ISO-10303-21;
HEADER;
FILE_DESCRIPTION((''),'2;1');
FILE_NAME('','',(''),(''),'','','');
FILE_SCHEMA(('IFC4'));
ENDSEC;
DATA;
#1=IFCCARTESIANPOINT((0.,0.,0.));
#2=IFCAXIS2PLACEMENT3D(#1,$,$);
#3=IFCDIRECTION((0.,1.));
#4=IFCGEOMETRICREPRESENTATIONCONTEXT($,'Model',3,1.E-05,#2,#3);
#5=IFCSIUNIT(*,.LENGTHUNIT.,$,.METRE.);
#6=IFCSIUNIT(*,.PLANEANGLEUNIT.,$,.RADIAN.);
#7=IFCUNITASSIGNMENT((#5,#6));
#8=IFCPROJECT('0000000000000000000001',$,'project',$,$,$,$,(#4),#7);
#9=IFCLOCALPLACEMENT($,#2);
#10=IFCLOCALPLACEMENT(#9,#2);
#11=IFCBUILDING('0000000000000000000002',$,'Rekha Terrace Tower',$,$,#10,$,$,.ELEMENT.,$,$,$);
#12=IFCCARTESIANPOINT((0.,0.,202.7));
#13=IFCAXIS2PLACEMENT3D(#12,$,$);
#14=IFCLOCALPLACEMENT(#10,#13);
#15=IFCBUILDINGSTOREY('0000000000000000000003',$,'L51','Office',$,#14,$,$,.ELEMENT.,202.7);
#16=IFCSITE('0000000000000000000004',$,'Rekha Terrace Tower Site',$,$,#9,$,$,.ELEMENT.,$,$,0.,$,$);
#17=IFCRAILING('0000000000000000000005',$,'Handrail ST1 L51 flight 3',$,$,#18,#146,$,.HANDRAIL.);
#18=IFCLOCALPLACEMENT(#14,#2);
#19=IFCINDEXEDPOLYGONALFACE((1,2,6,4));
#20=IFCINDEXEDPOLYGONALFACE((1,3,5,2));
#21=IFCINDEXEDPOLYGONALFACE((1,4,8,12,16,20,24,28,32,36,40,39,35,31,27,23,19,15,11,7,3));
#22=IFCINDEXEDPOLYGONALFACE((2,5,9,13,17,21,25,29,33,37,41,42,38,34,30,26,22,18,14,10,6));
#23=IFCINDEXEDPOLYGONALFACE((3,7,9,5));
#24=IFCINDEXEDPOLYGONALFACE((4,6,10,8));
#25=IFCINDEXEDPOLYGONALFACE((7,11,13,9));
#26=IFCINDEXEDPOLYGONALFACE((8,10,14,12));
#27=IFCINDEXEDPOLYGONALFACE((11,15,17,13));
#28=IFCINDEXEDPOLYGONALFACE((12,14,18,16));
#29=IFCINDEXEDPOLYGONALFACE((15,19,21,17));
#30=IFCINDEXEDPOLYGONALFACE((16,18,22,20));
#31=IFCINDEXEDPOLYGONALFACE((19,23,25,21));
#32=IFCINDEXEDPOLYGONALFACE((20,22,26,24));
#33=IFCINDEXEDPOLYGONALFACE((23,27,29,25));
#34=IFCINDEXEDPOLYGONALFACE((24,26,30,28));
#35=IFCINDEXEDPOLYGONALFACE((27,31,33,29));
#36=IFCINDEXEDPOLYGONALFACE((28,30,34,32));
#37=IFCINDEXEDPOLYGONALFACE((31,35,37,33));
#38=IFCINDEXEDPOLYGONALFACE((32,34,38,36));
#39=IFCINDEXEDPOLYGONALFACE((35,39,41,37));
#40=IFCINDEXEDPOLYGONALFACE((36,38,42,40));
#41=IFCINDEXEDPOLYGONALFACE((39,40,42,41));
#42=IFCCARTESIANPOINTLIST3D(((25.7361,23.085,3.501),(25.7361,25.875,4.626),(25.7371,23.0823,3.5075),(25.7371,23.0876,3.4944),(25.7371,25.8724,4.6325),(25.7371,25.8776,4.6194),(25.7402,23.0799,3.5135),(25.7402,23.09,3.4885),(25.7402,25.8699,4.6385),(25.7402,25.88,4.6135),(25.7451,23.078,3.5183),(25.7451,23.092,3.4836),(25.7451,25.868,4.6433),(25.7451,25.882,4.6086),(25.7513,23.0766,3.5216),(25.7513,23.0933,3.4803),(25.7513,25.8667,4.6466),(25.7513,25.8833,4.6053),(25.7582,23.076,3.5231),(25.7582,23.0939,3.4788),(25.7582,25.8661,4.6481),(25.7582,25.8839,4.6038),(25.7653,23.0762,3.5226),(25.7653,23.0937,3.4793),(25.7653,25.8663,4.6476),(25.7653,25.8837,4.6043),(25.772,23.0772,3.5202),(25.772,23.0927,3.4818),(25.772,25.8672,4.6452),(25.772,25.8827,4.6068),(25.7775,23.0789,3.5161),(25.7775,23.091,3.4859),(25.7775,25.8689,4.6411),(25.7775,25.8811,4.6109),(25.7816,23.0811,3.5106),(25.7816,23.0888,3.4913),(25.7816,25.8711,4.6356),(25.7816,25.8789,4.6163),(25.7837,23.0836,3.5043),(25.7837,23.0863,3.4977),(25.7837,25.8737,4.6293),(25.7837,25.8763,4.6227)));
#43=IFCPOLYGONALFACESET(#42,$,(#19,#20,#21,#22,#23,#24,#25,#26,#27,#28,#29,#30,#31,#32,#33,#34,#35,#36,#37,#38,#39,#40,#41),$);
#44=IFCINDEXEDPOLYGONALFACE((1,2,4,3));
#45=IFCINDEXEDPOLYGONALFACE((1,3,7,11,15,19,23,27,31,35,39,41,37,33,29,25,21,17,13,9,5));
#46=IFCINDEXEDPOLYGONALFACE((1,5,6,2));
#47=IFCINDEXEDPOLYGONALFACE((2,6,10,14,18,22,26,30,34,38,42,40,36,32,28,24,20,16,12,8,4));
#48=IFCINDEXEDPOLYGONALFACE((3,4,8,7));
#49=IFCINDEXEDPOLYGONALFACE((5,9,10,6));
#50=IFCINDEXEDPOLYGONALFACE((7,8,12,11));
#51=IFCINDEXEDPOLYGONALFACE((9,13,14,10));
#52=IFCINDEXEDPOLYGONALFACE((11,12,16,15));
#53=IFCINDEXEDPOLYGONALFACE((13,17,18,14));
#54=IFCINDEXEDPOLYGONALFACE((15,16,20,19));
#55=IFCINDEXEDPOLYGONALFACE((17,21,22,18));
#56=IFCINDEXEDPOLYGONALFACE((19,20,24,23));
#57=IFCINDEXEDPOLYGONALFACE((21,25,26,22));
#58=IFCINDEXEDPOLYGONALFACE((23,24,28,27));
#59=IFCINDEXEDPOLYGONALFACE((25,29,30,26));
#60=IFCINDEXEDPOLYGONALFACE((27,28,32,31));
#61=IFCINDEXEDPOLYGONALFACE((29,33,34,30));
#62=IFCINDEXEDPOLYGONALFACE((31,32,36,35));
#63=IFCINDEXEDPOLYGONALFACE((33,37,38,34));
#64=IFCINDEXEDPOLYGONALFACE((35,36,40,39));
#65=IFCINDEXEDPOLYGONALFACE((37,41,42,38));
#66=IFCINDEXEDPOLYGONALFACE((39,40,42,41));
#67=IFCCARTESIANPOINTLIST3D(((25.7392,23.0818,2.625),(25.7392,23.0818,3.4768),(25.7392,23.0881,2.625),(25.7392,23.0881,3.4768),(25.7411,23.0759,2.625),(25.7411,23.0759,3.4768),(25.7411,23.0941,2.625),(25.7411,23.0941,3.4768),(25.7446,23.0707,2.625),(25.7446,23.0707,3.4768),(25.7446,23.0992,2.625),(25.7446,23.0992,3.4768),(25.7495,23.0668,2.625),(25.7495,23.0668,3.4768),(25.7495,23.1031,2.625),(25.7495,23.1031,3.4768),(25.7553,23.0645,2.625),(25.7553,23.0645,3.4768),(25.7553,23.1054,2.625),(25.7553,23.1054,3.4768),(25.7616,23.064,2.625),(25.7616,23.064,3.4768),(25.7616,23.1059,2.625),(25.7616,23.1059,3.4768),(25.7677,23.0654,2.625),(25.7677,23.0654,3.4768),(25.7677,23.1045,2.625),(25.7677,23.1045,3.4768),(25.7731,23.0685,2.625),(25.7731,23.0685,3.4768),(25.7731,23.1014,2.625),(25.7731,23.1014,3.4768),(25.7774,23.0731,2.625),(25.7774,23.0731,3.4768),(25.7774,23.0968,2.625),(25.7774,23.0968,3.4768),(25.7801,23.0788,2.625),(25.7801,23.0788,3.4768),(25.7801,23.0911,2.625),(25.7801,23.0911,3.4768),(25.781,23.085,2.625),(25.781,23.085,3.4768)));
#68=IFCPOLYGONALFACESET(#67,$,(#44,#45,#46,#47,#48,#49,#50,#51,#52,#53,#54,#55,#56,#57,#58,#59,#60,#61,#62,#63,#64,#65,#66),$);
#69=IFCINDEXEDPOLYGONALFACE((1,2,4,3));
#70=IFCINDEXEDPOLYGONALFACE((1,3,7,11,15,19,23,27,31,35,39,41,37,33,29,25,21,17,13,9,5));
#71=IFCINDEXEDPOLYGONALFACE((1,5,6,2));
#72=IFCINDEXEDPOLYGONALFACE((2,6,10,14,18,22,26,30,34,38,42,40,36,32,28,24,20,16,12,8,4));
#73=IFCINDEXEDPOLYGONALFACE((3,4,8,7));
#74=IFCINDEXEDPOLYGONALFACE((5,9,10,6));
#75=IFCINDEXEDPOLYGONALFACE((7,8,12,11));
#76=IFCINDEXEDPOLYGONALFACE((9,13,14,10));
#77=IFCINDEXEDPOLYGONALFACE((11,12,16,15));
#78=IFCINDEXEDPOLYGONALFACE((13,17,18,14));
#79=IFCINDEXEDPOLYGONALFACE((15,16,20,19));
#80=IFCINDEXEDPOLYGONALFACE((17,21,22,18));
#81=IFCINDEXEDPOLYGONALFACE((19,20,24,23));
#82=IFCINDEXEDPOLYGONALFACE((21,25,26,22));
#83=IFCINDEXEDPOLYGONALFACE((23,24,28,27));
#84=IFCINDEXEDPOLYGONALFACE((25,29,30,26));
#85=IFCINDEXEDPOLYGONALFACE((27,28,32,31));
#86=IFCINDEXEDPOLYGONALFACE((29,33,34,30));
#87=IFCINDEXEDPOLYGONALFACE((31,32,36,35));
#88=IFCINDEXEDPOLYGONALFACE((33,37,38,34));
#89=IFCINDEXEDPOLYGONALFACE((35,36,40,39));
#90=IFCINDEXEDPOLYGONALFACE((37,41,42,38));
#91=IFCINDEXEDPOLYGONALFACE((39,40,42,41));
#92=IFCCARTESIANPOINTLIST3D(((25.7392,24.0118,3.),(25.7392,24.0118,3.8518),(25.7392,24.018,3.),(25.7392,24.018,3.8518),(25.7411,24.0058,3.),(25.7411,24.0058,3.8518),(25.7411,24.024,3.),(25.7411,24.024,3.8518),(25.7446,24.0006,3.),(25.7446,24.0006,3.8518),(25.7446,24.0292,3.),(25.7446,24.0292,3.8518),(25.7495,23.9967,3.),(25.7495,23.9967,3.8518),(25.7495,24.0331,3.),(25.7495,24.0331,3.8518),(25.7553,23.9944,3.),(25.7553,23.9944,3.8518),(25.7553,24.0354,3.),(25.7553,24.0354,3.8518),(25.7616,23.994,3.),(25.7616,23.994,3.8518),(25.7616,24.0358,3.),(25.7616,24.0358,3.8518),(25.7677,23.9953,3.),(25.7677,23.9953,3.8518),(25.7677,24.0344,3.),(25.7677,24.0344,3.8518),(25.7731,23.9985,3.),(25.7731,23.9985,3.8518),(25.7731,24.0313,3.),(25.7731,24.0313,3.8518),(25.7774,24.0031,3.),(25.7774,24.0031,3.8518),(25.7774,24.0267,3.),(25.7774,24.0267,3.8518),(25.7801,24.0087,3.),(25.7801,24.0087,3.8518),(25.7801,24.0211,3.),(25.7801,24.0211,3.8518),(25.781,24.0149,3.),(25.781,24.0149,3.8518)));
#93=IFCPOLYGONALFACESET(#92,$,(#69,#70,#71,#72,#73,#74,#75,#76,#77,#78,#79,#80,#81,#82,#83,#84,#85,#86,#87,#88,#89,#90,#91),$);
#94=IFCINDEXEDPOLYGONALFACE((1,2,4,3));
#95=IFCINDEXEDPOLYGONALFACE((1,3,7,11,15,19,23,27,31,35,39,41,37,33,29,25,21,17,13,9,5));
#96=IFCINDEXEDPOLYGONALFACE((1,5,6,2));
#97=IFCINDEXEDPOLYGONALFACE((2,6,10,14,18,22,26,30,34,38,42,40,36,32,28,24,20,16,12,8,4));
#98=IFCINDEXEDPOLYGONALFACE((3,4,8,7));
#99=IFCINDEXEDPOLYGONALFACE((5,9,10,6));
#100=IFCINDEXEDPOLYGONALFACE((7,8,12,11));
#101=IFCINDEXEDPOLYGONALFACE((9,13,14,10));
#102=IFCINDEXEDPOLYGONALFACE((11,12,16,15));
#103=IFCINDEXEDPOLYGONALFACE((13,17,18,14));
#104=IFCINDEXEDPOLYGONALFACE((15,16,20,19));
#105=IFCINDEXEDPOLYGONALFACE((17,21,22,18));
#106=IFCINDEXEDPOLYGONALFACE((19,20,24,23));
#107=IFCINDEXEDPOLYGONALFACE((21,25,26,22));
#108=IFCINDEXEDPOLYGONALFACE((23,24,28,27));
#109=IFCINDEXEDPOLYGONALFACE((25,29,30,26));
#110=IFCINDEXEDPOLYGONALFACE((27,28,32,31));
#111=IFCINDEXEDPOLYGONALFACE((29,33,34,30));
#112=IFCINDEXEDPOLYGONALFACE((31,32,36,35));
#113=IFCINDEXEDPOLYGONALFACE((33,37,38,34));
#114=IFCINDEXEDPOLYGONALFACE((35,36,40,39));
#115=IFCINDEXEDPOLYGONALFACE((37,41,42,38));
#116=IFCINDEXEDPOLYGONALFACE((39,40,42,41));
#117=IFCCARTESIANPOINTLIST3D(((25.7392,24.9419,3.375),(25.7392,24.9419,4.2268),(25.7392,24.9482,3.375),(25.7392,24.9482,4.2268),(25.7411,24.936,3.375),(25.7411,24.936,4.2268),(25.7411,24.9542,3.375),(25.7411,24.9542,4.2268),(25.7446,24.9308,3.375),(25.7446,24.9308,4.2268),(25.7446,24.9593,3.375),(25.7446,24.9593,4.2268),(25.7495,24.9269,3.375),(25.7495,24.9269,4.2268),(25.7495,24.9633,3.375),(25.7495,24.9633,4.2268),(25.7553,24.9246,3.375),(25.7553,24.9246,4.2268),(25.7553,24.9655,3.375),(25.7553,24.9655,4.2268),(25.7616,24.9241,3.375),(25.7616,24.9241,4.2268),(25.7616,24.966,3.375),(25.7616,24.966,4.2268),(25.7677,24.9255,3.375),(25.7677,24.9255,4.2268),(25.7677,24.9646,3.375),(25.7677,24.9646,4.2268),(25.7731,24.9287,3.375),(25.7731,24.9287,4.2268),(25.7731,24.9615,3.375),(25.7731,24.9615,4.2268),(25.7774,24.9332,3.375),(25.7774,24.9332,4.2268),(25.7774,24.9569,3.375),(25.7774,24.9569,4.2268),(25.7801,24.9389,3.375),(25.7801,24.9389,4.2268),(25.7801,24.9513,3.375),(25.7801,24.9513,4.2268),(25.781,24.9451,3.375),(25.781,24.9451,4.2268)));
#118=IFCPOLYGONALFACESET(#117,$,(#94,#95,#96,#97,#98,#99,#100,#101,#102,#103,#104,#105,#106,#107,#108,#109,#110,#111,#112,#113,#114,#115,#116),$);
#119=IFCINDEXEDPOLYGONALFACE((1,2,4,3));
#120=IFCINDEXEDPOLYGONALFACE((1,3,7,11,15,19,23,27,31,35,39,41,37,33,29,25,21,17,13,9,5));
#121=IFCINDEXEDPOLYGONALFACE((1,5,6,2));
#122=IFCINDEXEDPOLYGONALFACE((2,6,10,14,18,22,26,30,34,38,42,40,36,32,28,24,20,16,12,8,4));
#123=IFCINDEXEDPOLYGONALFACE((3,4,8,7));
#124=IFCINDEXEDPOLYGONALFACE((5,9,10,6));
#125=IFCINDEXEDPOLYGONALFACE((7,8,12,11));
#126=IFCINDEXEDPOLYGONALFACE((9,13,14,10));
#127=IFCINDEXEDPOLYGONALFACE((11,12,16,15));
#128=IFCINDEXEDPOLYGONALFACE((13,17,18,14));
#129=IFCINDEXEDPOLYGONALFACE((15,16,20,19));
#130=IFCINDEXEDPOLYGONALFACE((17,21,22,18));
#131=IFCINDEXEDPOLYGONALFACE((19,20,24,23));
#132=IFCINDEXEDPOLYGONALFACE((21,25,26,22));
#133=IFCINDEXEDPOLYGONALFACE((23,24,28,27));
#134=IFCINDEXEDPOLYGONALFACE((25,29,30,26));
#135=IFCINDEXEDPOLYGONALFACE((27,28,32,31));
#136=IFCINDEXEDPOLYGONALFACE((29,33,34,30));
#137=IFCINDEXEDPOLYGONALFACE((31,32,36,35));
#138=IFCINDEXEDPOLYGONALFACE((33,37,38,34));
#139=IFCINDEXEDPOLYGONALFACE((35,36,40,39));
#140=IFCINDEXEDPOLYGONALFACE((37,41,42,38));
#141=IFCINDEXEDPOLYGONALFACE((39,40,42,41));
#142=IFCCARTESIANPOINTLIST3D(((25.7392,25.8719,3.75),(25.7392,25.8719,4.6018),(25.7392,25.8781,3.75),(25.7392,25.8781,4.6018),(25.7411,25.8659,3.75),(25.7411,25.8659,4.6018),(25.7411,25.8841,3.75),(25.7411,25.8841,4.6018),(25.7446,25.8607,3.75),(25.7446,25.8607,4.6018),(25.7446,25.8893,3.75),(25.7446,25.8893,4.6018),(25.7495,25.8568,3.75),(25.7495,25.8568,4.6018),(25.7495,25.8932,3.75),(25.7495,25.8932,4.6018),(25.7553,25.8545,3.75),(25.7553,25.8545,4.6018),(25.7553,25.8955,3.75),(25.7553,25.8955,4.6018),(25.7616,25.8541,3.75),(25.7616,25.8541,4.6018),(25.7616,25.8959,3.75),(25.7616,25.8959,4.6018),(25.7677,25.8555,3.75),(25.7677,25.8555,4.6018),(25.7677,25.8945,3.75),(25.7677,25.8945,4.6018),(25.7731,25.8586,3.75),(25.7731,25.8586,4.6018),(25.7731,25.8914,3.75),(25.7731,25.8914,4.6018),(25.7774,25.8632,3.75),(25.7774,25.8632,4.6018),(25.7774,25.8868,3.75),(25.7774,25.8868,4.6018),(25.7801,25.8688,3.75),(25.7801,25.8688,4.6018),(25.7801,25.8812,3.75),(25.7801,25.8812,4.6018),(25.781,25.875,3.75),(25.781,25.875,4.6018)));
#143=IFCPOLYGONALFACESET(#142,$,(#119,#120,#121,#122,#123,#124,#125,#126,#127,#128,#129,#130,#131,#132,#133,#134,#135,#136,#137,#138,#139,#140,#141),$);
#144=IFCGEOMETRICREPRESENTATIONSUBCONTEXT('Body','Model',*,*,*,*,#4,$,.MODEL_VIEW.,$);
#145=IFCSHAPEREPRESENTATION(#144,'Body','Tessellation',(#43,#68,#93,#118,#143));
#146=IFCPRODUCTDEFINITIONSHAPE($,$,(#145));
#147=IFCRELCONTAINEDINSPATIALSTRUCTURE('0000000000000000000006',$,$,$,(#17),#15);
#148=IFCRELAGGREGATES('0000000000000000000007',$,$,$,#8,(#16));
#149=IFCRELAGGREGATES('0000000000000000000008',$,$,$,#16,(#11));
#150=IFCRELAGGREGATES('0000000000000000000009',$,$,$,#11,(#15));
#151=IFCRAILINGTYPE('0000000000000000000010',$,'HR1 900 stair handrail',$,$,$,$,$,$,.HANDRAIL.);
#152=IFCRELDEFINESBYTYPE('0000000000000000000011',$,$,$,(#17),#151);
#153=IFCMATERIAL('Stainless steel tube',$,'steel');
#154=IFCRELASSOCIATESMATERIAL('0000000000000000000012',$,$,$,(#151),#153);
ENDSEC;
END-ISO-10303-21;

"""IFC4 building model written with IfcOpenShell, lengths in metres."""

from ifc_helpers import new_model, si_unit, direction, frame, origin, origin_2d, place, context, subcontext, project, spatial, circle, extrude, material, type_object, element, save


model = new_model("IFC4")

# Units and contexts
model_context = context("Model", 3, precision=1e-05, world=origin(), true_north=direction((0.0, 1.0)))
body_context = subcontext(model_context, "Body", "Model", "MODEL_VIEW")
ifc_project = project(units=[si_unit("LENGTHUNIT", "METRE"), si_unit("PLANEANGLEUNIT", "RADIAN")], contexts=[model_context])

# Site, building, storey
site_placement = place(None, origin())
site = spatial("IfcSite", under=ifc_project, at=site_placement, Name="Rekha Terrace Tower Site", CompositionType="ELEMENT", RefElevation=0.0)
building_placement = place(site_placement, origin())
building = spatial("IfcBuilding", under=site, at=building_placement, Name="Rekha Terrace Tower", CompositionType="ELEMENT")
storey_placement = place(building_placement, frame((0.0, 0.0, 202.7)))
storey = spatial("IfcBuildingStorey", under=building, at=storey_placement, Name="L51", Description="Office", CompositionType="ELEMENT", Elevation=202.7)

# Railing
ifc_material_1 = material(Name="Stainless steel tube", Category="steel")
railing_type_1 = type_object("IfcRailingType", Name="HR1 900 stair handrail", PredefinedType="HANDRAIL", material=ifc_material_1)
railing_1_placement = place(storey_placement, frame((25.76, 23.085, 2.625)))
element("IfcRailing", 1, at=railing_1_placement, inside=storey, type_object=railing_type_1, Name="Handrail ST1 L51 flight 3", PredefinedType="HANDRAIL", context=body_context, shape_type="SweptSolid", body=[
    extrude(circle(Radius=0.0239, at=origin_2d()), frame((0.0, 0.0, 0.876), z_axis=(0.0, 0.927443, 0.373964), x_axis=(-1.0, 0.0, 0.0)), (0.0, 0.0, 1.0), 3.0083),
    extrude(circle(Radius=0.021, at=origin_2d()), origin(), (0.0, 0.0, 1.0), 0.8518),
    extrude(circle(Radius=0.021, at=origin_2d()), frame((0.0, 0.9299, 0.375)), (0.0, 0.0, 1.0), 0.8518),
    extrude(circle(Radius=0.021, at=origin_2d()), frame((0.0, 1.8601, 0.75)), (0.0, 0.0, 1.0), 0.8518),
    extrude(circle(Radius=0.021, at=origin_2d()), frame((0.0, 2.79, 1.125)), (0.0, 0.0, 1.0), 0.8518),
])

save(model, "model.ifc")
